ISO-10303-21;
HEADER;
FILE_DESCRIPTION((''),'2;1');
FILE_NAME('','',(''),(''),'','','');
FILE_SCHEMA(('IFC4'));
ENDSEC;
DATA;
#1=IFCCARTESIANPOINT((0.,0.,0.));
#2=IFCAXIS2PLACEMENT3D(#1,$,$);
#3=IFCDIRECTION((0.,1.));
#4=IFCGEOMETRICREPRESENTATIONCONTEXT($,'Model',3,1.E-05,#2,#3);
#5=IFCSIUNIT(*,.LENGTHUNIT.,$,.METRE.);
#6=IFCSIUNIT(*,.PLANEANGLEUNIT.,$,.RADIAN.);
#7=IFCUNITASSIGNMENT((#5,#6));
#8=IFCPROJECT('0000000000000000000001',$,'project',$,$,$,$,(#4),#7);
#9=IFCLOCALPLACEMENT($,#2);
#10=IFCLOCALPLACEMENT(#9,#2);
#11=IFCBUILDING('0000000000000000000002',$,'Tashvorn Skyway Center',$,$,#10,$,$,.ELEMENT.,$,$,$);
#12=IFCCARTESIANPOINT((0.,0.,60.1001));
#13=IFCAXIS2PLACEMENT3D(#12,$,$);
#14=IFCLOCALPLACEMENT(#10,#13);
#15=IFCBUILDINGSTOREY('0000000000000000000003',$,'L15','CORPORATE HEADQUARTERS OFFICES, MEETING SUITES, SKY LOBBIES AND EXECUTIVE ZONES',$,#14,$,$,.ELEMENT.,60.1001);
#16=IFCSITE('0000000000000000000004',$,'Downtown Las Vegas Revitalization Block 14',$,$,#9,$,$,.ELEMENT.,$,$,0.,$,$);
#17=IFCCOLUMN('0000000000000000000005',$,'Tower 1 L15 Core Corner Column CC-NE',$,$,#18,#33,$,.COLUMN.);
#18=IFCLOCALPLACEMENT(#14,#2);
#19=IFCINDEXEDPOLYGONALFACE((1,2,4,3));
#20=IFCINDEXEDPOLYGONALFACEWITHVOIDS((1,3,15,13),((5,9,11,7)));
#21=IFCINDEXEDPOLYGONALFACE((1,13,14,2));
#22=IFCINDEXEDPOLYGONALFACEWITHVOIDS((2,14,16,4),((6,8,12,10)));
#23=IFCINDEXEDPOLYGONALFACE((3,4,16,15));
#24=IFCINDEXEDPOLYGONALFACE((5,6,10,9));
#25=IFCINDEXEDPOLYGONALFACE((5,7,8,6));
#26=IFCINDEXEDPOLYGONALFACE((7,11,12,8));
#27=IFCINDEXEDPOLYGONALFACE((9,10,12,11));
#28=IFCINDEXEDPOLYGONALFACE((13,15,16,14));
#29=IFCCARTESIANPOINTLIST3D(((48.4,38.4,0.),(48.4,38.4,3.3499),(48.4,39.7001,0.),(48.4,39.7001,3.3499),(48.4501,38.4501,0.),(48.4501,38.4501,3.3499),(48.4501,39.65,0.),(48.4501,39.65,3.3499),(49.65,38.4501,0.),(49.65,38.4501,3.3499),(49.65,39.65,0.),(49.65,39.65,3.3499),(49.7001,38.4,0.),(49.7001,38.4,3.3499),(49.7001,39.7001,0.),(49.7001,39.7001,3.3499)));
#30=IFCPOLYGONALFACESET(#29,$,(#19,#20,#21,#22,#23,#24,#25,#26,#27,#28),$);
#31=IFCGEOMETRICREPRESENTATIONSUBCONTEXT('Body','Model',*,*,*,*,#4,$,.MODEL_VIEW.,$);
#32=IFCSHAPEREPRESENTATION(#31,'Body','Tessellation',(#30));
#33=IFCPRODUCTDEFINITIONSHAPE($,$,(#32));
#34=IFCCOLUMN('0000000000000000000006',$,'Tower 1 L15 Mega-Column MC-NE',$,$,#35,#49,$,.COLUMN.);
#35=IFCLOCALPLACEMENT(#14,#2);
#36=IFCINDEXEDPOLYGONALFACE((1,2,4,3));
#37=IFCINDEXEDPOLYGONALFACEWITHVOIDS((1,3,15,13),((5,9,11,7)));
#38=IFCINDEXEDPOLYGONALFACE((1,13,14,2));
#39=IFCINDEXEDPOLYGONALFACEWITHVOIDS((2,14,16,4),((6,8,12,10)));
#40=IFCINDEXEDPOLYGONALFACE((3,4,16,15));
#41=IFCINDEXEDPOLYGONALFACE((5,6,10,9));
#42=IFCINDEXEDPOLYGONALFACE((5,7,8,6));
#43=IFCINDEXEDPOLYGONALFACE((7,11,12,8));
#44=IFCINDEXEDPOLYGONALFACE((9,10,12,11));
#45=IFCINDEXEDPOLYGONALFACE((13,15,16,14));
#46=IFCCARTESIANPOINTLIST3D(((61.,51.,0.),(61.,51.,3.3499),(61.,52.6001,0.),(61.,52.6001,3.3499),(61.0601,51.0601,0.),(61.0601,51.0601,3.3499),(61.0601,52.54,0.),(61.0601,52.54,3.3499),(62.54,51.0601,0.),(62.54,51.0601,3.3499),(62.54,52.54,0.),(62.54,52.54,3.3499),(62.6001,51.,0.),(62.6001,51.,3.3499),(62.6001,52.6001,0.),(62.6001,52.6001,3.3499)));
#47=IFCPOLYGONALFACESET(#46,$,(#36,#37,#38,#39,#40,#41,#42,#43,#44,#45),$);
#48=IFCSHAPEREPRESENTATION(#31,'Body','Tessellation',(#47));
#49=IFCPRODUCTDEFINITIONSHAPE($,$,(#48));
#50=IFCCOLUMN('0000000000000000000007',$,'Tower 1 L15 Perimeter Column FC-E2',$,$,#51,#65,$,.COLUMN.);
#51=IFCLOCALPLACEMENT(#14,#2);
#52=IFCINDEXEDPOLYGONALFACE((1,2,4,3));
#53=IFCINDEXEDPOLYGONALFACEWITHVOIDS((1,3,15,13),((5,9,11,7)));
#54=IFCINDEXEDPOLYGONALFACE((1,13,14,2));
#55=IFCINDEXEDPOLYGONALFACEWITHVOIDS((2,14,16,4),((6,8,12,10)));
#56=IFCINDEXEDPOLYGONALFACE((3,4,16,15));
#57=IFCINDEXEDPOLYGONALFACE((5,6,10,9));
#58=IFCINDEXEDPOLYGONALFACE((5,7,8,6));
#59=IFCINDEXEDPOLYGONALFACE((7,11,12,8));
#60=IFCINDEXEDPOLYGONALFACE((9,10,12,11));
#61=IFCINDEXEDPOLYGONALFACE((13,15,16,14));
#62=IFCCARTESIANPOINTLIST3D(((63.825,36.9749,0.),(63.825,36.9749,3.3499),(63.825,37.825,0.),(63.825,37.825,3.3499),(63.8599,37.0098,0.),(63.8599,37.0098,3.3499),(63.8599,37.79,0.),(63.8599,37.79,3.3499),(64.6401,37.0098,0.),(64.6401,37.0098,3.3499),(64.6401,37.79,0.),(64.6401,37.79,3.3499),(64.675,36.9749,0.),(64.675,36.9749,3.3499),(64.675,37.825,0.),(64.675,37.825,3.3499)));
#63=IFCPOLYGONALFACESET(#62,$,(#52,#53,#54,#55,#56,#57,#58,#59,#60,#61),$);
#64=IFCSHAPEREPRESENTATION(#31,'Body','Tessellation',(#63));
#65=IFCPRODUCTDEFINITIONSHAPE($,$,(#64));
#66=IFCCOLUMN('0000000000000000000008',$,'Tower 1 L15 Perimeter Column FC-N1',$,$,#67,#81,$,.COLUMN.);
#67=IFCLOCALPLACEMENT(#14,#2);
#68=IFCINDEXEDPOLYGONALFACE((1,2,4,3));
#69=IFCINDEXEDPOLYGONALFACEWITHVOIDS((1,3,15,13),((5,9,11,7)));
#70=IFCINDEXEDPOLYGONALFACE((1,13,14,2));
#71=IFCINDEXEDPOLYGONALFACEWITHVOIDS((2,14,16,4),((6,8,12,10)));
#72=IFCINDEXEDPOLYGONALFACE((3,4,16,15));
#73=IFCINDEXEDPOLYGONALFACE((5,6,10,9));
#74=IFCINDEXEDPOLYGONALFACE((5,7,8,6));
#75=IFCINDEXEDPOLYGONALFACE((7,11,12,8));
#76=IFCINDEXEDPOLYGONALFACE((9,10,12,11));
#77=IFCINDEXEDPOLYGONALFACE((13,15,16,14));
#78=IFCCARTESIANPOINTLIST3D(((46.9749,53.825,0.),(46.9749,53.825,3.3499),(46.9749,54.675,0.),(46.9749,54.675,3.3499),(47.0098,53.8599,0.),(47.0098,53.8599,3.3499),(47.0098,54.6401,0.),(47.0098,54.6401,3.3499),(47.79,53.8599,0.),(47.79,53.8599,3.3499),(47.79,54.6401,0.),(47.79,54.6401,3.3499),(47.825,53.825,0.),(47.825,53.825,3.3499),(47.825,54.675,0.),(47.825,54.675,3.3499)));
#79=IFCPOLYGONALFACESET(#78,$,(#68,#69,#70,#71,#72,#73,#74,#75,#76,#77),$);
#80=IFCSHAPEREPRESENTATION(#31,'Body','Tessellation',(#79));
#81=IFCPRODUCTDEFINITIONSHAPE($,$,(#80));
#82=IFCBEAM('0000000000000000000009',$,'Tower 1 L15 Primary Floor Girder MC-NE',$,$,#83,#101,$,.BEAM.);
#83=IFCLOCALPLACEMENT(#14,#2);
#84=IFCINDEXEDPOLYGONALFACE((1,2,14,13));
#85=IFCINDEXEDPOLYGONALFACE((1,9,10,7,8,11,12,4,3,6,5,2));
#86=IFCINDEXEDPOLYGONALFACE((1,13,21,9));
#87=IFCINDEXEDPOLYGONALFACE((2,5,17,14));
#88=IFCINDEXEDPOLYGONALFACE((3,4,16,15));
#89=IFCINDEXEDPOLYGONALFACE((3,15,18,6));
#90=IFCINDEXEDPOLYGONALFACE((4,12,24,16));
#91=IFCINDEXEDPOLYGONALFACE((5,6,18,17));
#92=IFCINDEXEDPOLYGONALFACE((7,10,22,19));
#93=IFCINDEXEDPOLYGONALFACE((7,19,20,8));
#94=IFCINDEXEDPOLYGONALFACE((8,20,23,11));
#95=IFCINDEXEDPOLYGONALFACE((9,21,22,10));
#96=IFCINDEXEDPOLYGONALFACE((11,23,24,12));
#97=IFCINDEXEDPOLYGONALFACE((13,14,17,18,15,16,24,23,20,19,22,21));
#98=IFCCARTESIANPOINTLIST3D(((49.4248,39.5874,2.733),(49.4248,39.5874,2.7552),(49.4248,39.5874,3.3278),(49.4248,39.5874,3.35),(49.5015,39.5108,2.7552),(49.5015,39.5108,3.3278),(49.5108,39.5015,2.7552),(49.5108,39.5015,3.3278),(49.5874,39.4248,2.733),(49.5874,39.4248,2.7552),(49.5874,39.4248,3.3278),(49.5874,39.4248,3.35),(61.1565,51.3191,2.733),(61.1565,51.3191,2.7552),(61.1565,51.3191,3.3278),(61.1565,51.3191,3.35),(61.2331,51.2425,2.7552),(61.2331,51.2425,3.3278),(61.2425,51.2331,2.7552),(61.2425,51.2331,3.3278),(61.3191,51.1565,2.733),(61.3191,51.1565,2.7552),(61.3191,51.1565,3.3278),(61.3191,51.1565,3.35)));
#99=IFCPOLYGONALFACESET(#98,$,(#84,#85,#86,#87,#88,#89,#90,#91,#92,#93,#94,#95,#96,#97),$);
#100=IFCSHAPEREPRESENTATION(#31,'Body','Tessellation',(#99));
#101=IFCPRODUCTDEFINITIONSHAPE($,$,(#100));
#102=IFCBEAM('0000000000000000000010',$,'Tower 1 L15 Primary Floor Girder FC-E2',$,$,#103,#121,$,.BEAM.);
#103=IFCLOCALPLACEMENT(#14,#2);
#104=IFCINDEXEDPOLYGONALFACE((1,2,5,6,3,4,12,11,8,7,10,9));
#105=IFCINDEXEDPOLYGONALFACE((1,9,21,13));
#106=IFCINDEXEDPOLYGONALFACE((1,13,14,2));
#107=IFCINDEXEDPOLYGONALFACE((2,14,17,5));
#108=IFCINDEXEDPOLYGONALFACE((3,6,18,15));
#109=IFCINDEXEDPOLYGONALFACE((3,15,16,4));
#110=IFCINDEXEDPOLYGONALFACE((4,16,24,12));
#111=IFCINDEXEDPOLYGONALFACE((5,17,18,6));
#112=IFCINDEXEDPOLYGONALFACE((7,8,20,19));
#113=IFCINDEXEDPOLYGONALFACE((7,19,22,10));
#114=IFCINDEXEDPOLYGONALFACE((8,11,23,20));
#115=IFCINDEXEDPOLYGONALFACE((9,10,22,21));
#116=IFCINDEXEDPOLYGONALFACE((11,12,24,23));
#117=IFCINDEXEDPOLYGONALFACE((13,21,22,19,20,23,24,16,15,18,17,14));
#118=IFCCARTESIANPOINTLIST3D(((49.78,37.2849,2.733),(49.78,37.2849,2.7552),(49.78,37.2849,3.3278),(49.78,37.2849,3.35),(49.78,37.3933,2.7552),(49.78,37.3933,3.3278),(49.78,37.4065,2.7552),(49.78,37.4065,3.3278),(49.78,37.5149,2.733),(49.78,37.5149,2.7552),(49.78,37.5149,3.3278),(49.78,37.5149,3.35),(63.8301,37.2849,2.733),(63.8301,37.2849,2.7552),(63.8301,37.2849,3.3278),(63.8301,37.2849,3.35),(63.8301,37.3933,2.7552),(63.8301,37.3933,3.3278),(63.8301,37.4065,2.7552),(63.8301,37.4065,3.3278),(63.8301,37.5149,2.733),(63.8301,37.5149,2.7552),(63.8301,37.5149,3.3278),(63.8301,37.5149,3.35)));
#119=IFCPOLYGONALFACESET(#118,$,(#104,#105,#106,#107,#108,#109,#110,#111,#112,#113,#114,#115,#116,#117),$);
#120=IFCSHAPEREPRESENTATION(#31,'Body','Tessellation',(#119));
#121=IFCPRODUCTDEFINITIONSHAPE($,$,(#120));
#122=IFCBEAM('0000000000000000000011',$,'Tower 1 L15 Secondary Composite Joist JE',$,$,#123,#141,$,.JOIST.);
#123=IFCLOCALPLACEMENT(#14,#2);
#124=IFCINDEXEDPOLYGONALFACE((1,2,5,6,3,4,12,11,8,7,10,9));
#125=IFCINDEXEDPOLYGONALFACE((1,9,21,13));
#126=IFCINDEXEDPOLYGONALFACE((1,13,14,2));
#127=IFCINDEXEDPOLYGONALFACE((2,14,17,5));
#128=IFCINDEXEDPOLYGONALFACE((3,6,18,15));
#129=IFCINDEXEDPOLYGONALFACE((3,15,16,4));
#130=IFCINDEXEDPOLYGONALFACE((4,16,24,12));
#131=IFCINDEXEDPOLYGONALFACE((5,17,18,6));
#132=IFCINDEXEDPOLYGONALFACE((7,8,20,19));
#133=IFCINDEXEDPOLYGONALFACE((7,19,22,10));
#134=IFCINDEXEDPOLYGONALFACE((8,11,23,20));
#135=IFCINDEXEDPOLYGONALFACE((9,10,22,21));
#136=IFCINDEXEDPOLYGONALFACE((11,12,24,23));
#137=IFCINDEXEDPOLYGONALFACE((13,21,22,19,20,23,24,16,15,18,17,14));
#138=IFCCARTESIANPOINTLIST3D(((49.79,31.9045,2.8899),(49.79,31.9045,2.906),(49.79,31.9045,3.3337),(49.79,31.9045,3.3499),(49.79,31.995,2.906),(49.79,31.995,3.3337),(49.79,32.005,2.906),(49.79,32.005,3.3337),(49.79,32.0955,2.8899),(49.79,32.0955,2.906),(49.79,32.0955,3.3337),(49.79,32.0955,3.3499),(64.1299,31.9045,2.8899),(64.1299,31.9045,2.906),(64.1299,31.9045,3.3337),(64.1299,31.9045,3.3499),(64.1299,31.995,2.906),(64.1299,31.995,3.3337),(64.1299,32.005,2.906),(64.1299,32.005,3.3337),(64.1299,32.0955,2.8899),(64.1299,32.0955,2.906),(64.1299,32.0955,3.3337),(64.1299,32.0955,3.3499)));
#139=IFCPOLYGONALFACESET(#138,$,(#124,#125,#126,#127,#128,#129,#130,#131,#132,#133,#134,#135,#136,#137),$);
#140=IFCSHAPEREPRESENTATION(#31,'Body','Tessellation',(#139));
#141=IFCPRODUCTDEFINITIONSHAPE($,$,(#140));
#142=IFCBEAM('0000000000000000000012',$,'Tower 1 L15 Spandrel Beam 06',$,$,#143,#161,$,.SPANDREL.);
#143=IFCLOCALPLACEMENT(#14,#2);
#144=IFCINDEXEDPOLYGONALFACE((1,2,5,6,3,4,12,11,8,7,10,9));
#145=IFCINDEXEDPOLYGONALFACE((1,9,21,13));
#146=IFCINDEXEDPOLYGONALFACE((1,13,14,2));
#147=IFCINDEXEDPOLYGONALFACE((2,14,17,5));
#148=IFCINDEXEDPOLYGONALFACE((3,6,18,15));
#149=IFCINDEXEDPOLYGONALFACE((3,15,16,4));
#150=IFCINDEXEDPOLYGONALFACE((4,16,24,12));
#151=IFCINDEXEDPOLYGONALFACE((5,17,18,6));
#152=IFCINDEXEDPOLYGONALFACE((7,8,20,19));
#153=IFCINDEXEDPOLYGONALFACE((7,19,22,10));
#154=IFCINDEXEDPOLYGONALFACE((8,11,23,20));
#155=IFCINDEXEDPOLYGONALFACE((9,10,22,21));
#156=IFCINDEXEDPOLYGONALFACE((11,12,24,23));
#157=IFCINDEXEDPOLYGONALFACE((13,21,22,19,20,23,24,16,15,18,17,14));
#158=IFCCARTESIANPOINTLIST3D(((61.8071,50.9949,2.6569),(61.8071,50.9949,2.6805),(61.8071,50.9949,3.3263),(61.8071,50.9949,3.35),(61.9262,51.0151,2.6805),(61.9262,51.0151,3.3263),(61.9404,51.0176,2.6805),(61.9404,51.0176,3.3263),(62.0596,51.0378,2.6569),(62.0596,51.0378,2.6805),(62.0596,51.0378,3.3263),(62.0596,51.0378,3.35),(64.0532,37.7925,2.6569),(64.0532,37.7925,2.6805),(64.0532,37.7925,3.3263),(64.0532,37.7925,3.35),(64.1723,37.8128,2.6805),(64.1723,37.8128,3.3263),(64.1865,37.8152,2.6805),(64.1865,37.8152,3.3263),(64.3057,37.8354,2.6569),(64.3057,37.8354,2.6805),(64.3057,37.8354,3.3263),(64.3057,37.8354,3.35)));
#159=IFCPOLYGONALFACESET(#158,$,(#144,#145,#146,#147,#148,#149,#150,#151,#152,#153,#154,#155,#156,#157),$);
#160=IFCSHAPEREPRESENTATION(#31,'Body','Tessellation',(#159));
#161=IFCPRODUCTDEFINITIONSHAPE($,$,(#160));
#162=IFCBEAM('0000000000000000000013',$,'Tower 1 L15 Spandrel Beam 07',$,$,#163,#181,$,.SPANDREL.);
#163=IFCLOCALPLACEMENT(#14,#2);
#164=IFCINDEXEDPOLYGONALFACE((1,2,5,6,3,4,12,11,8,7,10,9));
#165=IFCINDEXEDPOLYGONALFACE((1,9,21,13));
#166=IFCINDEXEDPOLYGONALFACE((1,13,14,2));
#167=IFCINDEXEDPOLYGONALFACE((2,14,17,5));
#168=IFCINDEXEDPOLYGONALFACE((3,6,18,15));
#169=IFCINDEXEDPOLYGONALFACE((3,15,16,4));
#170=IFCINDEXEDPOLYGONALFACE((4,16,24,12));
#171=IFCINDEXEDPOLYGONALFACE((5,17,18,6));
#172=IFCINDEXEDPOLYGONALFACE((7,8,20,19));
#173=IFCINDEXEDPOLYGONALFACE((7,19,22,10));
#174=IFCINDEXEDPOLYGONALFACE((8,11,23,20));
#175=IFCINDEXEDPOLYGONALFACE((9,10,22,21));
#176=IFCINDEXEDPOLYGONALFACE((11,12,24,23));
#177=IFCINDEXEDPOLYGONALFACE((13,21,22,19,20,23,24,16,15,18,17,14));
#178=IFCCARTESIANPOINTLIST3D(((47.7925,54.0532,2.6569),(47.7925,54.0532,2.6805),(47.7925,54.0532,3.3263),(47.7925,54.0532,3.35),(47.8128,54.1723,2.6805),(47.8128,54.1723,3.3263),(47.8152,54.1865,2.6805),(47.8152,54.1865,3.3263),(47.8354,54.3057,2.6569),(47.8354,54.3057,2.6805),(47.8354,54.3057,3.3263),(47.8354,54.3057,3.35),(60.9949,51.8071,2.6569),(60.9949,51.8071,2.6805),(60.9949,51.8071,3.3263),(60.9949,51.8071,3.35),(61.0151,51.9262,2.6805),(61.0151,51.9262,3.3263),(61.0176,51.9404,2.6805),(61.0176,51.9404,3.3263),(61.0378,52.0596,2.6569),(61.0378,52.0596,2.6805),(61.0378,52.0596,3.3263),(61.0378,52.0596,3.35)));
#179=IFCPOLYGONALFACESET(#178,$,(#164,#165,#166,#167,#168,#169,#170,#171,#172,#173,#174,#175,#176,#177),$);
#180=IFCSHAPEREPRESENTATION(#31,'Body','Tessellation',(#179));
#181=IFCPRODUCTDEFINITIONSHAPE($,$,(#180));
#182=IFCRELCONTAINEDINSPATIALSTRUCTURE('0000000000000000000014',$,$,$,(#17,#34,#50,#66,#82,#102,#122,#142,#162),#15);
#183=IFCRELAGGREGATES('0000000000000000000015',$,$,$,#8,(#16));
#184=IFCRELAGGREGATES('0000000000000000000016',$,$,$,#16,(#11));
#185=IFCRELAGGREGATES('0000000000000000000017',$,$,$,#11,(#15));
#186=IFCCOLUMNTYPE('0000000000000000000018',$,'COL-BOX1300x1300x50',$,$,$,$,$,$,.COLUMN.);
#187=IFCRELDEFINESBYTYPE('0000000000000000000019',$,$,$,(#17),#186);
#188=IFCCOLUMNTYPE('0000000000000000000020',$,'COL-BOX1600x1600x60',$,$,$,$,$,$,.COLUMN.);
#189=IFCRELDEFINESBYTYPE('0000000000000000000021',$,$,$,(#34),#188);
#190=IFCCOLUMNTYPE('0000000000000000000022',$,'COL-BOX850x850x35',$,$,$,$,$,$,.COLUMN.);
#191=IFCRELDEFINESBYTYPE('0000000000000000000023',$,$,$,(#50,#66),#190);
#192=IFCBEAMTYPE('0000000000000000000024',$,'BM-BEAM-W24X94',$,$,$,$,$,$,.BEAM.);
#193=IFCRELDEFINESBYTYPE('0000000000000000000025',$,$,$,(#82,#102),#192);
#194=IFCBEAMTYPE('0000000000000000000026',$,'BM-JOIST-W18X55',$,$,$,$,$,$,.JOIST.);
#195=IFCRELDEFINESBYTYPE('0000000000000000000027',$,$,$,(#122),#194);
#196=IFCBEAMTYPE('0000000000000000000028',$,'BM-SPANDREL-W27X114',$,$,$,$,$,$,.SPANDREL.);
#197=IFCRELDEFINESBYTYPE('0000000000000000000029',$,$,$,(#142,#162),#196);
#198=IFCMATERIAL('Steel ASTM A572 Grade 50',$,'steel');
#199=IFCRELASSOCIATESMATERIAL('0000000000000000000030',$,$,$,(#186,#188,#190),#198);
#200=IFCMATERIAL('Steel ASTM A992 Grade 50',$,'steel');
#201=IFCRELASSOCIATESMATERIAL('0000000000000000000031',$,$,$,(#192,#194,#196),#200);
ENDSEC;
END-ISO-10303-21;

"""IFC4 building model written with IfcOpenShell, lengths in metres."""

from ifc_helpers import new_model, si_unit, direction, frame, origin, origin_2d, place, context, subcontext, project, spatial, hollow_rectangle, i_section, extrude, material, material_profile, profile_set, type_object, element, save


model = new_model("IFC4")

# Units and contexts
model_context = context("Model", 3, precision=1e-05, world=origin(), true_north=direction((0.0, 1.0)))
body_context = subcontext(model_context, "Body", "Model", "MODEL_VIEW")
ifc_project = project(units=[si_unit("LENGTHUNIT", "METRE"), si_unit("PLANEANGLEUNIT", "RADIAN")], contexts=[model_context])

# Site, building, storey
site_placement = place(None, origin())
site = spatial("IfcSite", under=ifc_project, at=site_placement, Name="Downtown Las Vegas Revitalization Block 14", CompositionType="ELEMENT", RefElevation=0.0)
building_placement = place(site_placement, origin())
building = spatial("IfcBuilding", under=site, at=building_placement, Name="Tashvorn Skyway Center", CompositionType="ELEMENT")
storey_placement = place(building_placement, frame((0.0, 0.0, 60.1001)))
storey = spatial("IfcBuildingStorey", under=building, at=storey_placement, Name="L15", Description="CORPORATE HEADQUARTERS OFFICES, MEETING SUITES, SKY LOBBIES AND EXECUTIVE ZONES", CompositionType="ELEMENT", Elevation=60.1001)

# Columns
ifc_material_1 = material(Name="Steel ASTM A572 Grade 50", Category="steel")
ifc_material_profile_1 = material_profile(ifc_material_1, hollow_rectangle(XDim=1.3, YDim=1.3, WallThickness=0.05, at=origin_2d()), Name="BOX1300x1300x50")
ifc_profile_set_1 = profile_set([ifc_material_profile_1], Name="Steel ASTM A572 Grade 50")
column_type_1 = type_object("IfcColumnType", Name="COL-BOX1300x1300x50", PredefinedType="COLUMN", material=ifc_profile_set_1)
column_1_placement = place(storey_placement, frame((49.05, 39.05, 0.0), z_axis=(0.0, 0.0, 1.0), x_axis=(1.0, 0.0, 0.0)))
element("IfcColumn", 1, at=column_1_placement, inside=storey, type_object=column_type_1, Name="Tower 1 L15 Core Corner Column CC-NE", PredefinedType="COLUMN", context=body_context, shape_type="SweptSolid", body=[
    extrude(hollow_rectangle(XDim=1.3, YDim=1.3, WallThickness=0.05, at=origin_2d()), origin(), (0.0, 0.0, 1.0), 3.3499),
])
ifc_material_profile_2 = material_profile(ifc_material_1, hollow_rectangle(XDim=1.6001, YDim=1.6001, WallThickness=0.0601, at=origin_2d()), Name="BOX1600x1600x60")
ifc_profile_set_2 = profile_set([ifc_material_profile_2], Name="Steel ASTM A572 Grade 50")
column_type_2 = type_object("IfcColumnType", Name="COL-BOX1600x1600x60", PredefinedType="COLUMN", material=ifc_profile_set_2)
column_2_placement = place(storey_placement, frame((61.8, 51.8, 0.0), z_axis=(0.0, 0.0, 1.0), x_axis=(1.0, 0.0, 0.0)))
element("IfcColumn", 2, at=column_2_placement, inside=storey, type_object=column_type_2, Name="Tower 1 L15 Mega-Column MC-NE", PredefinedType="COLUMN", context=body_context, shape_type="SweptSolid", body=[
    extrude(hollow_rectangle(XDim=1.6001, YDim=1.6001, WallThickness=0.0601, at=origin_2d()), origin(), (0.0, 0.0, 1.0), 3.3499),
])
ifc_material_profile_3 = material_profile(ifc_material_1, hollow_rectangle(XDim=0.8501, YDim=0.8501, WallThickness=0.0349, at=origin_2d()), Name="BOX850x850x35")
ifc_profile_set_3 = profile_set([ifc_material_profile_3], Name="Steel ASTM A572 Grade 50")
column_type_3 = type_object("IfcColumnType", Name="COL-BOX850x850x35", PredefinedType="COLUMN", material=ifc_profile_set_3)
for number, where, z_axis, x_axis, name in (
    (3, (64.25, 37.3999, 0.0), (0.0, 0.0, 1.0), (1.0, 0.0, 0.0), "Tower 1 L15 Perimeter Column FC-E2"),
    (4, (47.3999, 54.25, 0.0), (0.0, 0.0, 1.0), (1.0, 0.0, 0.0), "Tower 1 L15 Perimeter Column FC-N1"),
):
    element("IfcColumn", number, at=place(storey_placement, frame(where, z_axis=z_axis, x_axis=x_axis)), inside=storey, type_object=column_type_3, Name=name, PredefinedType="COLUMN", context=body_context, shape_type="SweptSolid", body=[
        extrude(hollow_rectangle(XDim=0.8501, YDim=0.8501, WallThickness=0.0349, at=origin_2d()), origin(), (0.0, 0.0, 1.0), 3.3499),
    ])

# Beams
ifc_material_2 = material(Name="Steel ASTM A992 Grade 50", Category="steel")
ifc_material_profile_4 = material_profile(ifc_material_2, i_section(OverallWidth=0.23, OverallDepth=0.6169, WebThickness=0.0132, FlangeThickness=0.0222, at=origin_2d()), Name="W24X94")
ifc_profile_set_4 = profile_set([ifc_material_profile_4], Name="Steel ASTM A992 Grade 50")
beam_type_1 = type_object("IfcBeamType", Name="BM-BEAM-W24X94", PredefinedType="BEAM", material=ifc_profile_set_4)
beam_1_placement = place(storey_placement, frame((61.2378, 51.2378, 3.0415), z_axis=(-0.707107, -0.707107, 0.0), x_axis=(0.707107, -0.707107, 0.0)))
element("IfcBeam", 5, at=beam_1_placement, inside=storey, type_object=beam_type_1, Name="Tower 1 L15 Primary Floor Girder MC-NE", PredefinedType="BEAM", context=body_context, shape_type="SweptSolid", body=[
    extrude(i_section(OverallWidth=0.23, OverallDepth=0.6169, WebThickness=0.0132, FlangeThickness=0.0222, at=origin_2d()), origin(), (0.0, 0.0, 1.0), 16.5911),
])
beam_2_placement = place(storey_placement, frame((63.8301, 37.3999, 3.0415), z_axis=(-1.0, 0.0, 0.0), x_axis=(0.0, -1.0, 0.0)))
element("IfcBeam", 6, at=beam_2_placement, inside=storey, type_object=beam_type_1, Name="Tower 1 L15 Primary Floor Girder FC-E2", PredefinedType="BEAM", context=body_context, shape_type="SweptSolid", body=[
    extrude(i_section(OverallWidth=0.23, OverallDepth=0.6169, WebThickness=0.0132, FlangeThickness=0.0222, at=origin_2d()), origin(), (0.0, 0.0, 1.0), 14.05),
])
ifc_material_profile_5 = material_profile(ifc_material_2, i_section(OverallWidth=0.1909, OverallDepth=0.46, WebThickness=0.01, FlangeThickness=0.0161, at=origin_2d()), Name="W18X55")
ifc_profile_set_5 = profile_set([ifc_material_profile_5], Name="Steel ASTM A992 Grade 50")
beam_type_2 = type_object("IfcBeamType", Name="BM-JOIST-W18X55", PredefinedType="JOIST", material=ifc_profile_set_5)
beam_3_placement = place(storey_placement, frame((49.79, 32.0, 3.1199), z_axis=(1.0, 0.0, 0.0), x_axis=(0.0, 1.0, 0.0)))
element("IfcBeam", 7, at=beam_3_placement, inside=storey, type_object=beam_type_2, Name="Tower 1 L15 Secondary Composite Joist JE", PredefinedType="JOIST", context=body_context, shape_type="SweptSolid", body=[
    extrude(i_section(OverallWidth=0.1909, OverallDepth=0.46, WebThickness=0.01, FlangeThickness=0.0161, at=origin_2d()), origin(), (0.0, 0.0, 1.0), 14.3398),
])
ifc_material_profile_6 = material_profile(ifc_material_2, i_section(OverallWidth=0.2561, OverallDepth=0.6931, WebThickness=0.0144, FlangeThickness=0.0237, at=origin_2d()), Name="W27X114")
ifc_profile_set_6 = profile_set([ifc_material_profile_6], Name="Steel ASTM A992 Grade 50")
beam_type_3 = type_object("IfcBeamType", Name="BM-SPANDREL-W27X114", PredefinedType="SPANDREL", material=ifc_profile_set_6)
for number, where, z_axis, x_axis, name in (
    (8, (64.1794, 37.814, 3.0034), (-0.167718, 0.985835, 0.0), (-0.985835, -0.167718, 0.0), "Tower 1 L15 Spandrel Beam 06"),
    (9, (61.0164, 51.9333, 3.0034), (-0.985835, 0.167718, 0.0), (-0.167718, -0.985835, 0.0), "Tower 1 L15 Spandrel Beam 07"),
):
    element("IfcBeam", number, at=place(storey_placement, frame(where, z_axis=z_axis, x_axis=x_axis)), inside=storey, type_object=beam_type_3, Name=name, PredefinedType="SPANDREL", context=body_context, shape_type="SweptSolid", body=[
        extrude(i_section(OverallWidth=0.2561, OverallDepth=0.6931, WebThickness=0.0144, FlangeThickness=0.0237, at=origin_2d()), origin(), (0.0, 0.0, 1.0), 13.3921),
    ])

save(model, "model.ifc")
